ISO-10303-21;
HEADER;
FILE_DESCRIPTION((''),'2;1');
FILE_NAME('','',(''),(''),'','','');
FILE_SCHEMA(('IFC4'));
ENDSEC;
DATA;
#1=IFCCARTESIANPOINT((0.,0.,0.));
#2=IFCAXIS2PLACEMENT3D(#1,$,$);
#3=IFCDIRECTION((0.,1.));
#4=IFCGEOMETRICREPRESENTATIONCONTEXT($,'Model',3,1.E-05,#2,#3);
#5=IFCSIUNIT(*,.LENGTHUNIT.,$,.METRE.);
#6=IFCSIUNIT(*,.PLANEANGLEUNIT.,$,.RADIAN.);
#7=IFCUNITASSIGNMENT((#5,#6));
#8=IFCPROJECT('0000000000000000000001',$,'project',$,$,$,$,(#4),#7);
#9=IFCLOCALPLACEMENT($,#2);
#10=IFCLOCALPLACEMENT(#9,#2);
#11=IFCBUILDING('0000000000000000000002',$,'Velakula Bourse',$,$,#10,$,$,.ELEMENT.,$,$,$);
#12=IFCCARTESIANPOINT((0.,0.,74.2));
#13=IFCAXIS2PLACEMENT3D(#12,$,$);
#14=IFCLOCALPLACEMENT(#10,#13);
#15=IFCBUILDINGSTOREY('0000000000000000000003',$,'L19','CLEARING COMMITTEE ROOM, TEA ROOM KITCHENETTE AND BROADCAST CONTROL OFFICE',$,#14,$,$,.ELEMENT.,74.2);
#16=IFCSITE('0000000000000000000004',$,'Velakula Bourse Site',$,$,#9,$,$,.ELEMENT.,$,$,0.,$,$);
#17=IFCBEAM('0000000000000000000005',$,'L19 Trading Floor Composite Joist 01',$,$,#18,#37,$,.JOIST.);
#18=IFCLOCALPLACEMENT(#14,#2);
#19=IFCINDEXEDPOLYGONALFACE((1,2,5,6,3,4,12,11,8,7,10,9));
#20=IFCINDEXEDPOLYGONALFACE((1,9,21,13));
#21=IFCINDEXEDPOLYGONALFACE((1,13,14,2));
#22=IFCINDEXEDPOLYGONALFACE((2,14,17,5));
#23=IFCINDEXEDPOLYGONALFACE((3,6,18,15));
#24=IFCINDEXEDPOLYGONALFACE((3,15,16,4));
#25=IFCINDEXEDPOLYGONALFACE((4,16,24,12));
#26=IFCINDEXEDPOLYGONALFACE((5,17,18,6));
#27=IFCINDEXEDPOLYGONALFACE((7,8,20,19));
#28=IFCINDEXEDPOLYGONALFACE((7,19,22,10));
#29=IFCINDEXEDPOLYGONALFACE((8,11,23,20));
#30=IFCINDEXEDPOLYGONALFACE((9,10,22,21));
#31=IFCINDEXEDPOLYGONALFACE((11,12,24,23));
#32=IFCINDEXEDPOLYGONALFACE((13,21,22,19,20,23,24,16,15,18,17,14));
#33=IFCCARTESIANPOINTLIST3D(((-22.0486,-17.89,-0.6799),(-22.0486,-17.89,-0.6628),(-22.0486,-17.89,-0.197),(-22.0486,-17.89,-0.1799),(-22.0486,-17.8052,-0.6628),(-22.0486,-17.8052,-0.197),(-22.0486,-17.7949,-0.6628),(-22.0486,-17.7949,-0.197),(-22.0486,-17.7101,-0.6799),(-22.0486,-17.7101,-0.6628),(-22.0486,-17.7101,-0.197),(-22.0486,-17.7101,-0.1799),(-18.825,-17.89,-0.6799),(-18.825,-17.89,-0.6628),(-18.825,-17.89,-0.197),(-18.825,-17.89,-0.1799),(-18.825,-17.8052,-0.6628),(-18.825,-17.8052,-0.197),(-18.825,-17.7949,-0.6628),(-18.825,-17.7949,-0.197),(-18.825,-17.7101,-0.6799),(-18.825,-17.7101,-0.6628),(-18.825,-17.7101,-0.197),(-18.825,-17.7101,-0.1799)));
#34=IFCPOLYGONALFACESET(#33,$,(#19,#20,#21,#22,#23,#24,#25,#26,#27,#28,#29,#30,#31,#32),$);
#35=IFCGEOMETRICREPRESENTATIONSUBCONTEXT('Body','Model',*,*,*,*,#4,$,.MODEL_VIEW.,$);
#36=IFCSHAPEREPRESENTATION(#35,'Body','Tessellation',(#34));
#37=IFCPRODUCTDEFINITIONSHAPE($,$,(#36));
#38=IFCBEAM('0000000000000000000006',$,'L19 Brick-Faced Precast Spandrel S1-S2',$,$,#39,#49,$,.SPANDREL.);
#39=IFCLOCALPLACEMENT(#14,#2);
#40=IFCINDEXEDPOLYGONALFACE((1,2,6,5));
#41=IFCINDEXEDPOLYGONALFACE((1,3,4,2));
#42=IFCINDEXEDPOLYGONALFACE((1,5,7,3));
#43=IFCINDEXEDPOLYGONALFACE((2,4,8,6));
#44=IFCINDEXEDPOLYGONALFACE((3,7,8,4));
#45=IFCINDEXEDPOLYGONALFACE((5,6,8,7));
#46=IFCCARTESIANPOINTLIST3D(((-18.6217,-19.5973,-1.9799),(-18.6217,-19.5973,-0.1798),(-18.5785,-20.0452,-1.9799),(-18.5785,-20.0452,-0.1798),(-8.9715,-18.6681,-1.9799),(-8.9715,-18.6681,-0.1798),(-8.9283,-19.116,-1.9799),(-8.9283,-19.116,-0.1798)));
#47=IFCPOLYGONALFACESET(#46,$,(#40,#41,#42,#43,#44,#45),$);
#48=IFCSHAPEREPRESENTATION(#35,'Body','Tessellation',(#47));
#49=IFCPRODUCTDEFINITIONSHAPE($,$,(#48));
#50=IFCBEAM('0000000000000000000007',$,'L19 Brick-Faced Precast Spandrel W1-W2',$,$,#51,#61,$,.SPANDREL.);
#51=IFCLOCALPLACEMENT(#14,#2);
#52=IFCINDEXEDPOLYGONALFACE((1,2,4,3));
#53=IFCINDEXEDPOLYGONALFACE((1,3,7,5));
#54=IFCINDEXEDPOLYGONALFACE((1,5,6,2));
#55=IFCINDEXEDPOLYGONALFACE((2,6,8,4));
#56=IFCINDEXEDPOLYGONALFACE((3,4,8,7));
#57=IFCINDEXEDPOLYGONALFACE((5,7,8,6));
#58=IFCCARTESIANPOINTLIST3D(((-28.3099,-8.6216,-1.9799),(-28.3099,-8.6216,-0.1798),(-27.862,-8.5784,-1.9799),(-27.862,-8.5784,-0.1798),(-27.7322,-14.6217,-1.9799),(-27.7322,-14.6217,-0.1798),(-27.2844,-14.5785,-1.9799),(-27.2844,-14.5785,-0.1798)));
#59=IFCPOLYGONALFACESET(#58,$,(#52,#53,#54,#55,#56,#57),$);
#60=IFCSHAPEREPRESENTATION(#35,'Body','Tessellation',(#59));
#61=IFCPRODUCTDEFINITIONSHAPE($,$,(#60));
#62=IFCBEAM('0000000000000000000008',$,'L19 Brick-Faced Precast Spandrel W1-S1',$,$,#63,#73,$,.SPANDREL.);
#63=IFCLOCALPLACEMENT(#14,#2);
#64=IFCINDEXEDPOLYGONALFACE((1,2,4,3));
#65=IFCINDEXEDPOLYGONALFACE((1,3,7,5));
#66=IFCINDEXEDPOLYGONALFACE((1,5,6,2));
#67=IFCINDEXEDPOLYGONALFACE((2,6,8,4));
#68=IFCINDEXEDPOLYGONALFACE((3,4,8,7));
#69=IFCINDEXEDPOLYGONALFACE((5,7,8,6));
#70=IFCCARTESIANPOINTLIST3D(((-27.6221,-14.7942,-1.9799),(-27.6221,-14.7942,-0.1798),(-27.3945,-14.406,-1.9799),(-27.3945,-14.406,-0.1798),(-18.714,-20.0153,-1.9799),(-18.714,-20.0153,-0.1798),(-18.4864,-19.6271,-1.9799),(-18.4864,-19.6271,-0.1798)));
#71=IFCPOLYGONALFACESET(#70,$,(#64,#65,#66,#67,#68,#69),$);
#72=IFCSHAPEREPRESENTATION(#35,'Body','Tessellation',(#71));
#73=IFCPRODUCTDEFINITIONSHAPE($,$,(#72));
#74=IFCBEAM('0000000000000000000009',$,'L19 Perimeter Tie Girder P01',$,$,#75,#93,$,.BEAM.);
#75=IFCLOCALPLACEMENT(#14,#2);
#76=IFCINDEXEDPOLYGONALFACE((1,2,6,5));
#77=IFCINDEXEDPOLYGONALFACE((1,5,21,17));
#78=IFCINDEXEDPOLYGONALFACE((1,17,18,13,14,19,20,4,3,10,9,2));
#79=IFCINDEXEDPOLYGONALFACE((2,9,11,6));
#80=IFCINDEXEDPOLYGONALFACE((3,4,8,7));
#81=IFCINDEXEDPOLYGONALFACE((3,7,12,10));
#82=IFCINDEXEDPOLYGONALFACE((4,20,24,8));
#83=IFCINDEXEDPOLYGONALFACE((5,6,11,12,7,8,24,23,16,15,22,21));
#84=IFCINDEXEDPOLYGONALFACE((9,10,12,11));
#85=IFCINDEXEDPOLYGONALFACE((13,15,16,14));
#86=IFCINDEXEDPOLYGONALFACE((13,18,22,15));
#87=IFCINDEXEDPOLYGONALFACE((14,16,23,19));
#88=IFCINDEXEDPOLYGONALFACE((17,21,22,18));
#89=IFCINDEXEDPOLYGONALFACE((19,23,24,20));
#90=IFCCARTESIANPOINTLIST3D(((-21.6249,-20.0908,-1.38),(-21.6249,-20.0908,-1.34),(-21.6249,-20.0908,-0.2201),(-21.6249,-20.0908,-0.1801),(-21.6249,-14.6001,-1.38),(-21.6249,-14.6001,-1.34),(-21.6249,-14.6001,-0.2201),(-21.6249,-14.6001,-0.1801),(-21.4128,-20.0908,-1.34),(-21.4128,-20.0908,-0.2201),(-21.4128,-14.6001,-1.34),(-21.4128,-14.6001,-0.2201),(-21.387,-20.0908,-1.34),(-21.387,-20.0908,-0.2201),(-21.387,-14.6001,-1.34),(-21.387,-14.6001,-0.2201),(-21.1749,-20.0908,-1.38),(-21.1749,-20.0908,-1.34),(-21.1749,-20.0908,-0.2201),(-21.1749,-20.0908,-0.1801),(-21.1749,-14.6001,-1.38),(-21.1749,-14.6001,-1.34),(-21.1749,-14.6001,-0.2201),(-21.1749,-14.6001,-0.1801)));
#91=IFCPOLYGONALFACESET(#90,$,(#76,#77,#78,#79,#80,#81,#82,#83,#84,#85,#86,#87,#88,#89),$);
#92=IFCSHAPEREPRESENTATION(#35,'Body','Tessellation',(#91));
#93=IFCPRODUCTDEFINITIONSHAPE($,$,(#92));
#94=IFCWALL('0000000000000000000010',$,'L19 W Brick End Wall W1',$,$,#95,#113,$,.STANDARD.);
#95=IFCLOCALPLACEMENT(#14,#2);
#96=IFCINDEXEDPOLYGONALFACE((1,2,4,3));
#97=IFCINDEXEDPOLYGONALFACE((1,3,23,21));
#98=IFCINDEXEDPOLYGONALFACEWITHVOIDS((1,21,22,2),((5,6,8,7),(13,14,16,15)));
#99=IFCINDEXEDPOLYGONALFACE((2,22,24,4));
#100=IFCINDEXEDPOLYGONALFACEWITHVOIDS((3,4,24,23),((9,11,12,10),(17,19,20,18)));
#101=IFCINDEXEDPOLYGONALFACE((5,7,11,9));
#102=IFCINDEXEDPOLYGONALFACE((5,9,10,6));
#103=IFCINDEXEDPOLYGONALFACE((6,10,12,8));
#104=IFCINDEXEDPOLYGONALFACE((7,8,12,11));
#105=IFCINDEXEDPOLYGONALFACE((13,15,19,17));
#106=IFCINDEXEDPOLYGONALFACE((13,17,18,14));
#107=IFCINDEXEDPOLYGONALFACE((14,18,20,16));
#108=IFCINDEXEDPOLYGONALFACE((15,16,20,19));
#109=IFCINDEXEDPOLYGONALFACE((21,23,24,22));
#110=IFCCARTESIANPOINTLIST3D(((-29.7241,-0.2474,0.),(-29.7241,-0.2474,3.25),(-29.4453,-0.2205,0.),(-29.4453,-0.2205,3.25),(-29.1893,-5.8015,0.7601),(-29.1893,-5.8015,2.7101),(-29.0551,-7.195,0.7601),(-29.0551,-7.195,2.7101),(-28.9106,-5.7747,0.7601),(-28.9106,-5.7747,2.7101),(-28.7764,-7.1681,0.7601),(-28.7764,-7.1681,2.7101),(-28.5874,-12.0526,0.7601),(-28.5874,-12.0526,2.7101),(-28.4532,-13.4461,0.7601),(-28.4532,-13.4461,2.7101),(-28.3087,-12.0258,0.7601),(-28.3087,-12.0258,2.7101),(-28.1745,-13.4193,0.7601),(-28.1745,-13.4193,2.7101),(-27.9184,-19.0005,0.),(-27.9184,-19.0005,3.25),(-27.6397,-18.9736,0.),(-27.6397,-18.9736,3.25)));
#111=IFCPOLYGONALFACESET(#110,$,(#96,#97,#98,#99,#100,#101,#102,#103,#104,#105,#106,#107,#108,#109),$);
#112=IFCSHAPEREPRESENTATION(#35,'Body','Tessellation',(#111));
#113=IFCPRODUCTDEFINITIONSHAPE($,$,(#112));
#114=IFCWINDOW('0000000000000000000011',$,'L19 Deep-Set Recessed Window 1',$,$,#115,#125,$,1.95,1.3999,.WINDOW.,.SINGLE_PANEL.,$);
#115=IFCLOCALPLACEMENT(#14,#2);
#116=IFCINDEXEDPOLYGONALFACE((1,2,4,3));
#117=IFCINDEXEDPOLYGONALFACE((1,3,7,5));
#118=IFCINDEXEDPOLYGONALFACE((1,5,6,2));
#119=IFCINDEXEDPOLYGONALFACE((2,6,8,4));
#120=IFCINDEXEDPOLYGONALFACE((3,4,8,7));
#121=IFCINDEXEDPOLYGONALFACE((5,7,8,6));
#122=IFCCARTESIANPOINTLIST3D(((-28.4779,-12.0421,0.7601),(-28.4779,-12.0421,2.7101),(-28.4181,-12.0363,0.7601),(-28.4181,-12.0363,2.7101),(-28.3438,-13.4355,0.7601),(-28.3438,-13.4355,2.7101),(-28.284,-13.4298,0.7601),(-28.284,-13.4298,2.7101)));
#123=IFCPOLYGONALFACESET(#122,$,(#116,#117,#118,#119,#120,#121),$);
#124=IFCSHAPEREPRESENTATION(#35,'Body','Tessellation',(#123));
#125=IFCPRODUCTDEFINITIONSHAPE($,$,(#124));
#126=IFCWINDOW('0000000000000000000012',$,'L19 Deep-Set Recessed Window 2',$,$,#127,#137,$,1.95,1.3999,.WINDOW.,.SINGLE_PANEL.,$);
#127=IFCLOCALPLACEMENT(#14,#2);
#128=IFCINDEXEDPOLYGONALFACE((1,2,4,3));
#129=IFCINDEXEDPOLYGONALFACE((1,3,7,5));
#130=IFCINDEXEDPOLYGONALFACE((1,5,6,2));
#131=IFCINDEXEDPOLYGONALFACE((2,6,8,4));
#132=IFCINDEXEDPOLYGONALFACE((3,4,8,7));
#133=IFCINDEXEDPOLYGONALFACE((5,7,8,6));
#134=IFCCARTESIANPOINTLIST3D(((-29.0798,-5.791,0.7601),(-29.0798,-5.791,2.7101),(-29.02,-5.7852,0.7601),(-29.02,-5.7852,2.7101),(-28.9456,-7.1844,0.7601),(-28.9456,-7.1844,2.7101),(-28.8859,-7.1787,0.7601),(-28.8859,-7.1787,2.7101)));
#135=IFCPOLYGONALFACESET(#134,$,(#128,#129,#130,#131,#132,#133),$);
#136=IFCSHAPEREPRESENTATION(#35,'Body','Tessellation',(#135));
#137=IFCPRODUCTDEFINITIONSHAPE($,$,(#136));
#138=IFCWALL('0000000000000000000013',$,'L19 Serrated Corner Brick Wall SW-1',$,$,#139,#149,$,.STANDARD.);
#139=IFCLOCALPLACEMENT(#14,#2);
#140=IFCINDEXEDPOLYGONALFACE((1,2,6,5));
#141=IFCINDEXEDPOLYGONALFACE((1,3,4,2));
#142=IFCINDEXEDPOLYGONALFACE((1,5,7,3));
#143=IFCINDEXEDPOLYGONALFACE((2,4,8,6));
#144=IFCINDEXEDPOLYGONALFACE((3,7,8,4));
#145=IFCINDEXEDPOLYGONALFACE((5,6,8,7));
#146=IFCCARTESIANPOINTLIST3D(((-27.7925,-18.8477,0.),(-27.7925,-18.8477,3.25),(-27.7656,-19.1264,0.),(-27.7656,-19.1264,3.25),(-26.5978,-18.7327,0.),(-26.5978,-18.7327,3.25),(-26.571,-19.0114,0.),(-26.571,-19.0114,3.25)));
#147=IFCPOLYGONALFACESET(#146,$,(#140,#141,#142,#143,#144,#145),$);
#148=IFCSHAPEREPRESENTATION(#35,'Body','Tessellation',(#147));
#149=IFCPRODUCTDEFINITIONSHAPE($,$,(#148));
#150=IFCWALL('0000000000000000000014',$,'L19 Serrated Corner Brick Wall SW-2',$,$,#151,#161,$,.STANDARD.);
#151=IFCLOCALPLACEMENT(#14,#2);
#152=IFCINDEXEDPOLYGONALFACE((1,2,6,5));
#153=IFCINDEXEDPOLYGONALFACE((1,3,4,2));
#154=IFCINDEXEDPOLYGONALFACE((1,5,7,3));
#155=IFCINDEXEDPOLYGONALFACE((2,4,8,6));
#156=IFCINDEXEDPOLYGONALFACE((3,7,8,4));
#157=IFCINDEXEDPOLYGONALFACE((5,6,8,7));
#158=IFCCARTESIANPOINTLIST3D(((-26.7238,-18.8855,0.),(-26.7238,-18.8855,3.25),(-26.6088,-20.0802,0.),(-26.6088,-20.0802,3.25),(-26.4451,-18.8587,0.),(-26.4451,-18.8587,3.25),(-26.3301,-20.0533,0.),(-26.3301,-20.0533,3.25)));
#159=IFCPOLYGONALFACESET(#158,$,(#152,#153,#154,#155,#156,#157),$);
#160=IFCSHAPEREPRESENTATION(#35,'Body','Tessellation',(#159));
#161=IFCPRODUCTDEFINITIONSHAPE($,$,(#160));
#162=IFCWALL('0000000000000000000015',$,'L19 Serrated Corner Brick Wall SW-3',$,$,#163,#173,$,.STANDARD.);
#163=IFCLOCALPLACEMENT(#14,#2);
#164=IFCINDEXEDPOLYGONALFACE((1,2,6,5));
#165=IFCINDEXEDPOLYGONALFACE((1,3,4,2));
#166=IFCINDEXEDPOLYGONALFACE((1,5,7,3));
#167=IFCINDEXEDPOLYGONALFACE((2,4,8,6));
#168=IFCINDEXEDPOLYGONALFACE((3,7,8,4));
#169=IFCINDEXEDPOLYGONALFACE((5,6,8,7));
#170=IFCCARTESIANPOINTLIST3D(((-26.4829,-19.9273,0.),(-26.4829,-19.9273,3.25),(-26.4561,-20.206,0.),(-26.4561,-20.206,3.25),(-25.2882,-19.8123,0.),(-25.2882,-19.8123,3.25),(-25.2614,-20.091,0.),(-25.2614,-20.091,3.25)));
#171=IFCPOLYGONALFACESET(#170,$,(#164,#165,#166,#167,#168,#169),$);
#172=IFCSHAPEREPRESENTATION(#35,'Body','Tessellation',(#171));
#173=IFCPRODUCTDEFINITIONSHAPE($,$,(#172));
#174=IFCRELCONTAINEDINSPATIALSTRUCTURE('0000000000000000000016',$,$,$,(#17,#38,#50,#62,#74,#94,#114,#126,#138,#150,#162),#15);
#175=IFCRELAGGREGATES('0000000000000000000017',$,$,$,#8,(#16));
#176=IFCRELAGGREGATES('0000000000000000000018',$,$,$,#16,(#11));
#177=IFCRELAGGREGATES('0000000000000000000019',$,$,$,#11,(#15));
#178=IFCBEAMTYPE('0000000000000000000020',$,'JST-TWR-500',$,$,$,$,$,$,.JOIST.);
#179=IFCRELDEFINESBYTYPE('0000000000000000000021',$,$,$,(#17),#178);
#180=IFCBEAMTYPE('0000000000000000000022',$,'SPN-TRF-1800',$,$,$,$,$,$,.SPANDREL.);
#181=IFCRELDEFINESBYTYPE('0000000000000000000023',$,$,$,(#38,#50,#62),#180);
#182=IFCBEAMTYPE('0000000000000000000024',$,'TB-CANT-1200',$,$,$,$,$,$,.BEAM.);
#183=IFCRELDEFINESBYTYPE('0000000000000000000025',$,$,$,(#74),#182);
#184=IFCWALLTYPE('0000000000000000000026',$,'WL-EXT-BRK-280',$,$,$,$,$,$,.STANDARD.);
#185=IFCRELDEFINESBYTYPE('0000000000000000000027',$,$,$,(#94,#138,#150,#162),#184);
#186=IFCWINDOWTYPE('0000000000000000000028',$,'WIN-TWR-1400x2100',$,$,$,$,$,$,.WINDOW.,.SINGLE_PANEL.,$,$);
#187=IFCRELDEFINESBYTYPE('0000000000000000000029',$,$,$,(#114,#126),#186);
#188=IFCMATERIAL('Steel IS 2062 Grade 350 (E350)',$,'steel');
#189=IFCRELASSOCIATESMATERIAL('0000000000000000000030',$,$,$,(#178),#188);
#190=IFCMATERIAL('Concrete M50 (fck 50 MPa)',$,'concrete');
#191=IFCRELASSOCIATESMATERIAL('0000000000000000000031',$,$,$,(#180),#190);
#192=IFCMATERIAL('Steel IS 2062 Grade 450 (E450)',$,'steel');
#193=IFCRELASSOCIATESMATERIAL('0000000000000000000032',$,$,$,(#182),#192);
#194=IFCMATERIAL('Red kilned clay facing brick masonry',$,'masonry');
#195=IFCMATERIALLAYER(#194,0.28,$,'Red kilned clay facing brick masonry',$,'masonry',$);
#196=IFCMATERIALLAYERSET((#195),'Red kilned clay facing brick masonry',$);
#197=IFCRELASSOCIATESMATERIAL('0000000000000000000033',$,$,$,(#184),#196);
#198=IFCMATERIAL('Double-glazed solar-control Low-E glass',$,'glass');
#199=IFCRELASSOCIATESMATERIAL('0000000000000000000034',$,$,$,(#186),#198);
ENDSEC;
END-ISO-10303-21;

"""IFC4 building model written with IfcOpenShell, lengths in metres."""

from ifc_helpers import new_model, si_unit, direction, frame, frame_2d, origin, origin_2d, place, context, subcontext, project, spatial, rectangle, i_section, extrude, material, layer, layer_set, material_profile, profile_set, type_object, element, fill, save


model = new_model("IFC4")

# Units and contexts
model_context = context("Model", 3, precision=1e-05, world=origin(), true_north=direction((0.0, 1.0)))
body_context = subcontext(model_context, "Body", "Model", "MODEL_VIEW")
ifc_project = project(units=[si_unit("LENGTHUNIT", "METRE"), si_unit("PLANEANGLEUNIT", "RADIAN")], contexts=[model_context])

# Site, building, storey
site_placement = place(None, origin())
site = spatial("IfcSite", under=ifc_project, at=site_placement, Name="Velakula Bourse Site", CompositionType="ELEMENT", RefElevation=0.0)
building_placement = place(site_placement, origin())
building = spatial("IfcBuilding", under=site, at=building_placement, Name="Velakula Bourse", CompositionType="ELEMENT")
storey_placement = place(building_placement, frame((0.0, 0.0, 74.2)))
storey = spatial("IfcBuildingStorey", under=building, at=storey_placement, Name="L19", Description="CLEARING COMMITTEE ROOM, TEA ROOM KITCHENETTE AND BROADCAST CONTROL OFFICE", CompositionType="ELEMENT", Elevation=74.2)

# Shared definitions
ifc_material_1 = material(Name="Steel IS 2062 Grade 450 (E450)", Category="steel")

# Beams
ifc_material_2 = material(Name="Steel IS 2062 Grade 350 (E350)", Category="steel")
ifc_material_profile_1 = material_profile(ifc_material_2, i_section(OverallWidth=0.1799, OverallDepth=0.5, WebThickness=0.0103, FlangeThickness=0.0171, at=origin_2d()), Name="Steel IS 2062 Grade 350 (E350)")
ifc_profile_set_1 = profile_set([ifc_material_profile_1], Name="Steel IS 2062 Grade 350 (E350)")
beam_type_1 = type_object("IfcBeamType", Name="JST-TWR-500", PredefinedType="JOIST", material=ifc_profile_set_1)
beam_1_placement = place(storey_placement, frame((-22.0486, -17.8, -0.4299), z_axis=(1.0, 0.0, 0.0), x_axis=(0.0, 1.0, 0.0)))
element("IfcBeam", 1, at=beam_1_placement, inside=storey, type_object=beam_type_1, Name="L19 Trading Floor Composite Joist 01", PredefinedType="JOIST", context=body_context, shape_type="SweptSolid", body=[
    extrude(i_section(OverallWidth=0.1799, OverallDepth=0.5, WebThickness=0.0103, FlangeThickness=0.0171, at=origin_2d()), origin(), (0.0, 0.0, 1.0), 3.2236),
])
ifc_material_3 = material(Name="Concrete M50 (fck 50 MPa)", Category="concrete")
ifc_material_profile_2 = material_profile(ifc_material_3, rectangle(XDim=0.45, YDim=1.8, at=origin_2d()), Name="Concrete M50 (fck 50 MPa)")
ifc_profile_set_2 = profile_set([ifc_material_profile_2], Name="Concrete M50 (fck 50 MPa)")
beam_type_2 = type_object("IfcBeamType", Name="SPN-TRF-1800", PredefinedType="SPANDREL", material=ifc_profile_set_2)
beam_2_placement = place(storey_placement, frame((-18.6001, -19.8213, -1.0798), z_axis=(0.995396, 0.095845, 0.0), x_axis=(-0.095845, 0.995396, 0.0)))
element("IfcBeam", 2, at=beam_2_placement, inside=storey, type_object=beam_type_2, Name="L19 Brick-Faced Precast Spandrel S1-S2", PredefinedType="SPANDREL", context=body_context, shape_type="SweptSolid", body=[
    extrude(rectangle(XDim=0.45, YDim=1.8, at=origin_2d()), origin(), (0.0, 0.0, 1.0), 9.6948),
])
beam_3_placement = place(storey_placement, frame((-27.5083, -14.6001, -1.0798), z_axis=(-0.09583, 0.995398, 0.0), x_axis=(-0.995398, -0.09583, 0.0)))
element("IfcBeam", 3, at=beam_3_placement, inside=storey, type_object=beam_type_2, Name="L19 Brick-Faced Precast Spandrel W1-W2", PredefinedType="SPANDREL", context=body_context, shape_type="SweptSolid", body=[
    extrude(rectangle(XDim=0.45, YDim=1.8, at=origin_2d()), origin(), (0.0, 0.0, 1.0), 6.0278),
])
beam_4_placement = place(storey_placement, frame((-27.5083, -14.6001, -1.0798), z_axis=(0.862734, -0.505658, 0.0), x_axis=(0.505658, 0.862734, 0.0)))
element("IfcBeam", 4, at=beam_4_placement, inside=storey, type_object=beam_type_2, Name="L19 Brick-Faced Precast Spandrel W1-S1", PredefinedType="SPANDREL", context=body_context, shape_type="SweptSolid", body=[
    extrude(rectangle(XDim=0.45, YDim=1.8, at=origin_2d()), origin(), (0.0, 0.0, 1.0), 10.3254),
])
ifc_material_profile_3 = material_profile(ifc_material_1, i_section(OverallWidth=0.45, OverallDepth=1.2, WebThickness=0.0259, FlangeThickness=0.04, at=origin_2d()), Name="Steel IS 2062 Grade 450 (E450)")
ifc_profile_set_3 = profile_set([ifc_material_profile_3], Name="Steel IS 2062 Grade 450 (E450)")
beam_type_3 = type_object("IfcBeamType", Name="TB-CANT-1200", PredefinedType="BEAM", material=ifc_profile_set_3)
beam_5_placement = place(storey_placement, frame((-21.3999, -14.6001, -0.78), z_axis=(0.0, -1.0, 0.0), x_axis=(1.0, 0.0, 0.0)))
element("IfcBeam", 5, at=beam_5_placement, inside=storey, type_object=beam_type_3, Name="L19 Perimeter Tie Girder P01", PredefinedType="BEAM", context=body_context, shape_type="SweptSolid", body=[
    extrude(i_section(OverallWidth=0.45, OverallDepth=1.2, WebThickness=0.0259, FlangeThickness=0.04, at=origin_2d()), origin(), (0.0, 0.0, 1.0), 5.4907),
])

# Wall, openings, windows
ifc_material_4 = material(Name="Red kilned clay facing brick masonry", Category="masonry")
ifc_layer_1 = layer(ifc_material_4, 0.28, Name="Red kilned clay facing brick masonry", Category="masonry")
ifc_layer_set_1 = layer_set([ifc_layer_1], Name="Red kilned clay facing brick masonry")
wall_type_1 = type_object("IfcWallType", Name="WL-EXT-BRK-280", PredefinedType="STANDARD", material=ifc_layer_set_1)
wall_1_placement = place(storey_placement, frame((-27.7791, -18.9871, 0.0), z_axis=(0.0, 0.0, 1.0), x_axis=(-0.095843, 0.995397, 0.0)))
wall_1 = element("IfcWall", 6, at=wall_1_placement, inside=storey, type_object=wall_type_1, Name="L19 W Brick End Wall W1", PredefinedType="STANDARD", context=body_context, shape_type="SweptSolid", body=[
    extrude(rectangle(XDim=18.8398, YDim=0.28, at=frame_2d((9.4199, 0.0))), origin(), (0.0, 0.0, 1.0), 3.25),
])
opening_1_placement = place(wall_1_placement, frame((5.5801, 0.0, 0.76)))
opening_1 = element("IfcOpeningElement", 7, at=opening_1_placement, cuts=wall_1, PredefinedType="OPENING", context=body_context, shape_type="SweptSolid", body=[
    extrude(rectangle(XDim=1.3999, YDim=1.95, at=frame_2d((0.7, 0.9751))), frame((0.0, 0.1499, 0.0), z_axis=(0.0, -1.0, 0.0), x_axis=(1.0, 0.0, 0.0)), (0.0, 0.0, 1.0), 0.3),
])
opening_2_placement = place(wall_1_placement, frame((11.8601, 0.0, 0.76)))
opening_2 = element("IfcOpeningElement", 8, at=opening_2_placement, cuts=wall_1, PredefinedType="OPENING", context=body_context, shape_type="SweptSolid", body=[
    extrude(rectangle(XDim=1.3999, YDim=1.95, at=frame_2d((0.7, 0.9751))), frame((0.0, 0.1499, 0.0), z_axis=(0.0, -1.0, 0.0), x_axis=(1.0, 0.0, 0.0)), (0.0, 0.0, 1.0), 0.3),
])
ifc_material_5 = material(Name="Double-glazed solar-control Low-E glass", Category="glass")
window_type = type_object("IfcWindowType", Name="WIN-TWR-1400x2100", PartitioningType="SINGLE_PANEL", PredefinedType="WINDOW", material=ifc_material_5)
window_1_placement = place(opening_1_placement, origin())
window_1 = element("IfcWindow", 9, at=window_1_placement, inside=storey, type_object=window_type, Name="L19 Deep-Set Recessed Window 1", OverallHeight=1.95, OverallWidth=1.3999, PartitioningType="SINGLE_PANEL", PredefinedType="WINDOW", context=body_context, shape_type="SweptSolid", body=[
    extrude(rectangle(XDim=1.3999, YDim=1.95, at=frame_2d((0.7, 0.9751))), frame((0.0, 0.03, 0.0), z_axis=(0.0, -1.0, 0.0), x_axis=(1.0, 0.0, 0.0)), (0.0, 0.0, 1.0), 0.0601),
])
fill(opening_1, window_1)
window_2_placement = place(opening_2_placement, origin())
window_2 = element("IfcWindow", 10, at=window_2_placement, inside=storey, type_object=window_type, Name="L19 Deep-Set Recessed Window 2", OverallHeight=1.95, OverallWidth=1.3999, PartitioningType="SINGLE_PANEL", PredefinedType="WINDOW", context=body_context, shape_type="SweptSolid", body=[
    extrude(rectangle(XDim=1.3999, YDim=1.95, at=frame_2d((0.7, 0.9751))), frame((0.0, 0.03, 0.0), z_axis=(0.0, -1.0, 0.0), x_axis=(1.0, 0.0, 0.0)), (0.0, 0.0, 1.0), 0.0601),
])
fill(opening_2, window_2)

# Walls
for number, where, z_axis, x_axis, name in (
    (11, (-27.7791, -18.9871, 0.0), (0.0, 0.0, 1.0), (0.995399, 0.095817, 0.0), "L19 Serrated Corner Brick Wall SW-1"),
    (12, (-26.5845, -18.8721, 0.0), (0.0, 0.0, 1.0), (0.095817, -0.995399, 0.0), "L19 Serrated Corner Brick Wall SW-2"),
    (13, (-26.4695, -20.0667, 0.0), (0.0, 0.0, 1.0), (0.995399, 0.095817, 0.0), "L19 Serrated Corner Brick Wall SW-3"),
):
    element("IfcWall", number, at=place(storey_placement, frame(where, z_axis=z_axis, x_axis=x_axis)), inside=storey, type_object=wall_type_1, Name=name, PredefinedType="STANDARD", context=body_context, shape_type="SweptSolid", body=[
        extrude(rectangle(XDim=1.2002, YDim=0.28, at=frame_2d((0.6001, 0.0))), origin(), (0.0, 0.0, 1.0), 3.25),
    ])

save(model, "model.ifc")
